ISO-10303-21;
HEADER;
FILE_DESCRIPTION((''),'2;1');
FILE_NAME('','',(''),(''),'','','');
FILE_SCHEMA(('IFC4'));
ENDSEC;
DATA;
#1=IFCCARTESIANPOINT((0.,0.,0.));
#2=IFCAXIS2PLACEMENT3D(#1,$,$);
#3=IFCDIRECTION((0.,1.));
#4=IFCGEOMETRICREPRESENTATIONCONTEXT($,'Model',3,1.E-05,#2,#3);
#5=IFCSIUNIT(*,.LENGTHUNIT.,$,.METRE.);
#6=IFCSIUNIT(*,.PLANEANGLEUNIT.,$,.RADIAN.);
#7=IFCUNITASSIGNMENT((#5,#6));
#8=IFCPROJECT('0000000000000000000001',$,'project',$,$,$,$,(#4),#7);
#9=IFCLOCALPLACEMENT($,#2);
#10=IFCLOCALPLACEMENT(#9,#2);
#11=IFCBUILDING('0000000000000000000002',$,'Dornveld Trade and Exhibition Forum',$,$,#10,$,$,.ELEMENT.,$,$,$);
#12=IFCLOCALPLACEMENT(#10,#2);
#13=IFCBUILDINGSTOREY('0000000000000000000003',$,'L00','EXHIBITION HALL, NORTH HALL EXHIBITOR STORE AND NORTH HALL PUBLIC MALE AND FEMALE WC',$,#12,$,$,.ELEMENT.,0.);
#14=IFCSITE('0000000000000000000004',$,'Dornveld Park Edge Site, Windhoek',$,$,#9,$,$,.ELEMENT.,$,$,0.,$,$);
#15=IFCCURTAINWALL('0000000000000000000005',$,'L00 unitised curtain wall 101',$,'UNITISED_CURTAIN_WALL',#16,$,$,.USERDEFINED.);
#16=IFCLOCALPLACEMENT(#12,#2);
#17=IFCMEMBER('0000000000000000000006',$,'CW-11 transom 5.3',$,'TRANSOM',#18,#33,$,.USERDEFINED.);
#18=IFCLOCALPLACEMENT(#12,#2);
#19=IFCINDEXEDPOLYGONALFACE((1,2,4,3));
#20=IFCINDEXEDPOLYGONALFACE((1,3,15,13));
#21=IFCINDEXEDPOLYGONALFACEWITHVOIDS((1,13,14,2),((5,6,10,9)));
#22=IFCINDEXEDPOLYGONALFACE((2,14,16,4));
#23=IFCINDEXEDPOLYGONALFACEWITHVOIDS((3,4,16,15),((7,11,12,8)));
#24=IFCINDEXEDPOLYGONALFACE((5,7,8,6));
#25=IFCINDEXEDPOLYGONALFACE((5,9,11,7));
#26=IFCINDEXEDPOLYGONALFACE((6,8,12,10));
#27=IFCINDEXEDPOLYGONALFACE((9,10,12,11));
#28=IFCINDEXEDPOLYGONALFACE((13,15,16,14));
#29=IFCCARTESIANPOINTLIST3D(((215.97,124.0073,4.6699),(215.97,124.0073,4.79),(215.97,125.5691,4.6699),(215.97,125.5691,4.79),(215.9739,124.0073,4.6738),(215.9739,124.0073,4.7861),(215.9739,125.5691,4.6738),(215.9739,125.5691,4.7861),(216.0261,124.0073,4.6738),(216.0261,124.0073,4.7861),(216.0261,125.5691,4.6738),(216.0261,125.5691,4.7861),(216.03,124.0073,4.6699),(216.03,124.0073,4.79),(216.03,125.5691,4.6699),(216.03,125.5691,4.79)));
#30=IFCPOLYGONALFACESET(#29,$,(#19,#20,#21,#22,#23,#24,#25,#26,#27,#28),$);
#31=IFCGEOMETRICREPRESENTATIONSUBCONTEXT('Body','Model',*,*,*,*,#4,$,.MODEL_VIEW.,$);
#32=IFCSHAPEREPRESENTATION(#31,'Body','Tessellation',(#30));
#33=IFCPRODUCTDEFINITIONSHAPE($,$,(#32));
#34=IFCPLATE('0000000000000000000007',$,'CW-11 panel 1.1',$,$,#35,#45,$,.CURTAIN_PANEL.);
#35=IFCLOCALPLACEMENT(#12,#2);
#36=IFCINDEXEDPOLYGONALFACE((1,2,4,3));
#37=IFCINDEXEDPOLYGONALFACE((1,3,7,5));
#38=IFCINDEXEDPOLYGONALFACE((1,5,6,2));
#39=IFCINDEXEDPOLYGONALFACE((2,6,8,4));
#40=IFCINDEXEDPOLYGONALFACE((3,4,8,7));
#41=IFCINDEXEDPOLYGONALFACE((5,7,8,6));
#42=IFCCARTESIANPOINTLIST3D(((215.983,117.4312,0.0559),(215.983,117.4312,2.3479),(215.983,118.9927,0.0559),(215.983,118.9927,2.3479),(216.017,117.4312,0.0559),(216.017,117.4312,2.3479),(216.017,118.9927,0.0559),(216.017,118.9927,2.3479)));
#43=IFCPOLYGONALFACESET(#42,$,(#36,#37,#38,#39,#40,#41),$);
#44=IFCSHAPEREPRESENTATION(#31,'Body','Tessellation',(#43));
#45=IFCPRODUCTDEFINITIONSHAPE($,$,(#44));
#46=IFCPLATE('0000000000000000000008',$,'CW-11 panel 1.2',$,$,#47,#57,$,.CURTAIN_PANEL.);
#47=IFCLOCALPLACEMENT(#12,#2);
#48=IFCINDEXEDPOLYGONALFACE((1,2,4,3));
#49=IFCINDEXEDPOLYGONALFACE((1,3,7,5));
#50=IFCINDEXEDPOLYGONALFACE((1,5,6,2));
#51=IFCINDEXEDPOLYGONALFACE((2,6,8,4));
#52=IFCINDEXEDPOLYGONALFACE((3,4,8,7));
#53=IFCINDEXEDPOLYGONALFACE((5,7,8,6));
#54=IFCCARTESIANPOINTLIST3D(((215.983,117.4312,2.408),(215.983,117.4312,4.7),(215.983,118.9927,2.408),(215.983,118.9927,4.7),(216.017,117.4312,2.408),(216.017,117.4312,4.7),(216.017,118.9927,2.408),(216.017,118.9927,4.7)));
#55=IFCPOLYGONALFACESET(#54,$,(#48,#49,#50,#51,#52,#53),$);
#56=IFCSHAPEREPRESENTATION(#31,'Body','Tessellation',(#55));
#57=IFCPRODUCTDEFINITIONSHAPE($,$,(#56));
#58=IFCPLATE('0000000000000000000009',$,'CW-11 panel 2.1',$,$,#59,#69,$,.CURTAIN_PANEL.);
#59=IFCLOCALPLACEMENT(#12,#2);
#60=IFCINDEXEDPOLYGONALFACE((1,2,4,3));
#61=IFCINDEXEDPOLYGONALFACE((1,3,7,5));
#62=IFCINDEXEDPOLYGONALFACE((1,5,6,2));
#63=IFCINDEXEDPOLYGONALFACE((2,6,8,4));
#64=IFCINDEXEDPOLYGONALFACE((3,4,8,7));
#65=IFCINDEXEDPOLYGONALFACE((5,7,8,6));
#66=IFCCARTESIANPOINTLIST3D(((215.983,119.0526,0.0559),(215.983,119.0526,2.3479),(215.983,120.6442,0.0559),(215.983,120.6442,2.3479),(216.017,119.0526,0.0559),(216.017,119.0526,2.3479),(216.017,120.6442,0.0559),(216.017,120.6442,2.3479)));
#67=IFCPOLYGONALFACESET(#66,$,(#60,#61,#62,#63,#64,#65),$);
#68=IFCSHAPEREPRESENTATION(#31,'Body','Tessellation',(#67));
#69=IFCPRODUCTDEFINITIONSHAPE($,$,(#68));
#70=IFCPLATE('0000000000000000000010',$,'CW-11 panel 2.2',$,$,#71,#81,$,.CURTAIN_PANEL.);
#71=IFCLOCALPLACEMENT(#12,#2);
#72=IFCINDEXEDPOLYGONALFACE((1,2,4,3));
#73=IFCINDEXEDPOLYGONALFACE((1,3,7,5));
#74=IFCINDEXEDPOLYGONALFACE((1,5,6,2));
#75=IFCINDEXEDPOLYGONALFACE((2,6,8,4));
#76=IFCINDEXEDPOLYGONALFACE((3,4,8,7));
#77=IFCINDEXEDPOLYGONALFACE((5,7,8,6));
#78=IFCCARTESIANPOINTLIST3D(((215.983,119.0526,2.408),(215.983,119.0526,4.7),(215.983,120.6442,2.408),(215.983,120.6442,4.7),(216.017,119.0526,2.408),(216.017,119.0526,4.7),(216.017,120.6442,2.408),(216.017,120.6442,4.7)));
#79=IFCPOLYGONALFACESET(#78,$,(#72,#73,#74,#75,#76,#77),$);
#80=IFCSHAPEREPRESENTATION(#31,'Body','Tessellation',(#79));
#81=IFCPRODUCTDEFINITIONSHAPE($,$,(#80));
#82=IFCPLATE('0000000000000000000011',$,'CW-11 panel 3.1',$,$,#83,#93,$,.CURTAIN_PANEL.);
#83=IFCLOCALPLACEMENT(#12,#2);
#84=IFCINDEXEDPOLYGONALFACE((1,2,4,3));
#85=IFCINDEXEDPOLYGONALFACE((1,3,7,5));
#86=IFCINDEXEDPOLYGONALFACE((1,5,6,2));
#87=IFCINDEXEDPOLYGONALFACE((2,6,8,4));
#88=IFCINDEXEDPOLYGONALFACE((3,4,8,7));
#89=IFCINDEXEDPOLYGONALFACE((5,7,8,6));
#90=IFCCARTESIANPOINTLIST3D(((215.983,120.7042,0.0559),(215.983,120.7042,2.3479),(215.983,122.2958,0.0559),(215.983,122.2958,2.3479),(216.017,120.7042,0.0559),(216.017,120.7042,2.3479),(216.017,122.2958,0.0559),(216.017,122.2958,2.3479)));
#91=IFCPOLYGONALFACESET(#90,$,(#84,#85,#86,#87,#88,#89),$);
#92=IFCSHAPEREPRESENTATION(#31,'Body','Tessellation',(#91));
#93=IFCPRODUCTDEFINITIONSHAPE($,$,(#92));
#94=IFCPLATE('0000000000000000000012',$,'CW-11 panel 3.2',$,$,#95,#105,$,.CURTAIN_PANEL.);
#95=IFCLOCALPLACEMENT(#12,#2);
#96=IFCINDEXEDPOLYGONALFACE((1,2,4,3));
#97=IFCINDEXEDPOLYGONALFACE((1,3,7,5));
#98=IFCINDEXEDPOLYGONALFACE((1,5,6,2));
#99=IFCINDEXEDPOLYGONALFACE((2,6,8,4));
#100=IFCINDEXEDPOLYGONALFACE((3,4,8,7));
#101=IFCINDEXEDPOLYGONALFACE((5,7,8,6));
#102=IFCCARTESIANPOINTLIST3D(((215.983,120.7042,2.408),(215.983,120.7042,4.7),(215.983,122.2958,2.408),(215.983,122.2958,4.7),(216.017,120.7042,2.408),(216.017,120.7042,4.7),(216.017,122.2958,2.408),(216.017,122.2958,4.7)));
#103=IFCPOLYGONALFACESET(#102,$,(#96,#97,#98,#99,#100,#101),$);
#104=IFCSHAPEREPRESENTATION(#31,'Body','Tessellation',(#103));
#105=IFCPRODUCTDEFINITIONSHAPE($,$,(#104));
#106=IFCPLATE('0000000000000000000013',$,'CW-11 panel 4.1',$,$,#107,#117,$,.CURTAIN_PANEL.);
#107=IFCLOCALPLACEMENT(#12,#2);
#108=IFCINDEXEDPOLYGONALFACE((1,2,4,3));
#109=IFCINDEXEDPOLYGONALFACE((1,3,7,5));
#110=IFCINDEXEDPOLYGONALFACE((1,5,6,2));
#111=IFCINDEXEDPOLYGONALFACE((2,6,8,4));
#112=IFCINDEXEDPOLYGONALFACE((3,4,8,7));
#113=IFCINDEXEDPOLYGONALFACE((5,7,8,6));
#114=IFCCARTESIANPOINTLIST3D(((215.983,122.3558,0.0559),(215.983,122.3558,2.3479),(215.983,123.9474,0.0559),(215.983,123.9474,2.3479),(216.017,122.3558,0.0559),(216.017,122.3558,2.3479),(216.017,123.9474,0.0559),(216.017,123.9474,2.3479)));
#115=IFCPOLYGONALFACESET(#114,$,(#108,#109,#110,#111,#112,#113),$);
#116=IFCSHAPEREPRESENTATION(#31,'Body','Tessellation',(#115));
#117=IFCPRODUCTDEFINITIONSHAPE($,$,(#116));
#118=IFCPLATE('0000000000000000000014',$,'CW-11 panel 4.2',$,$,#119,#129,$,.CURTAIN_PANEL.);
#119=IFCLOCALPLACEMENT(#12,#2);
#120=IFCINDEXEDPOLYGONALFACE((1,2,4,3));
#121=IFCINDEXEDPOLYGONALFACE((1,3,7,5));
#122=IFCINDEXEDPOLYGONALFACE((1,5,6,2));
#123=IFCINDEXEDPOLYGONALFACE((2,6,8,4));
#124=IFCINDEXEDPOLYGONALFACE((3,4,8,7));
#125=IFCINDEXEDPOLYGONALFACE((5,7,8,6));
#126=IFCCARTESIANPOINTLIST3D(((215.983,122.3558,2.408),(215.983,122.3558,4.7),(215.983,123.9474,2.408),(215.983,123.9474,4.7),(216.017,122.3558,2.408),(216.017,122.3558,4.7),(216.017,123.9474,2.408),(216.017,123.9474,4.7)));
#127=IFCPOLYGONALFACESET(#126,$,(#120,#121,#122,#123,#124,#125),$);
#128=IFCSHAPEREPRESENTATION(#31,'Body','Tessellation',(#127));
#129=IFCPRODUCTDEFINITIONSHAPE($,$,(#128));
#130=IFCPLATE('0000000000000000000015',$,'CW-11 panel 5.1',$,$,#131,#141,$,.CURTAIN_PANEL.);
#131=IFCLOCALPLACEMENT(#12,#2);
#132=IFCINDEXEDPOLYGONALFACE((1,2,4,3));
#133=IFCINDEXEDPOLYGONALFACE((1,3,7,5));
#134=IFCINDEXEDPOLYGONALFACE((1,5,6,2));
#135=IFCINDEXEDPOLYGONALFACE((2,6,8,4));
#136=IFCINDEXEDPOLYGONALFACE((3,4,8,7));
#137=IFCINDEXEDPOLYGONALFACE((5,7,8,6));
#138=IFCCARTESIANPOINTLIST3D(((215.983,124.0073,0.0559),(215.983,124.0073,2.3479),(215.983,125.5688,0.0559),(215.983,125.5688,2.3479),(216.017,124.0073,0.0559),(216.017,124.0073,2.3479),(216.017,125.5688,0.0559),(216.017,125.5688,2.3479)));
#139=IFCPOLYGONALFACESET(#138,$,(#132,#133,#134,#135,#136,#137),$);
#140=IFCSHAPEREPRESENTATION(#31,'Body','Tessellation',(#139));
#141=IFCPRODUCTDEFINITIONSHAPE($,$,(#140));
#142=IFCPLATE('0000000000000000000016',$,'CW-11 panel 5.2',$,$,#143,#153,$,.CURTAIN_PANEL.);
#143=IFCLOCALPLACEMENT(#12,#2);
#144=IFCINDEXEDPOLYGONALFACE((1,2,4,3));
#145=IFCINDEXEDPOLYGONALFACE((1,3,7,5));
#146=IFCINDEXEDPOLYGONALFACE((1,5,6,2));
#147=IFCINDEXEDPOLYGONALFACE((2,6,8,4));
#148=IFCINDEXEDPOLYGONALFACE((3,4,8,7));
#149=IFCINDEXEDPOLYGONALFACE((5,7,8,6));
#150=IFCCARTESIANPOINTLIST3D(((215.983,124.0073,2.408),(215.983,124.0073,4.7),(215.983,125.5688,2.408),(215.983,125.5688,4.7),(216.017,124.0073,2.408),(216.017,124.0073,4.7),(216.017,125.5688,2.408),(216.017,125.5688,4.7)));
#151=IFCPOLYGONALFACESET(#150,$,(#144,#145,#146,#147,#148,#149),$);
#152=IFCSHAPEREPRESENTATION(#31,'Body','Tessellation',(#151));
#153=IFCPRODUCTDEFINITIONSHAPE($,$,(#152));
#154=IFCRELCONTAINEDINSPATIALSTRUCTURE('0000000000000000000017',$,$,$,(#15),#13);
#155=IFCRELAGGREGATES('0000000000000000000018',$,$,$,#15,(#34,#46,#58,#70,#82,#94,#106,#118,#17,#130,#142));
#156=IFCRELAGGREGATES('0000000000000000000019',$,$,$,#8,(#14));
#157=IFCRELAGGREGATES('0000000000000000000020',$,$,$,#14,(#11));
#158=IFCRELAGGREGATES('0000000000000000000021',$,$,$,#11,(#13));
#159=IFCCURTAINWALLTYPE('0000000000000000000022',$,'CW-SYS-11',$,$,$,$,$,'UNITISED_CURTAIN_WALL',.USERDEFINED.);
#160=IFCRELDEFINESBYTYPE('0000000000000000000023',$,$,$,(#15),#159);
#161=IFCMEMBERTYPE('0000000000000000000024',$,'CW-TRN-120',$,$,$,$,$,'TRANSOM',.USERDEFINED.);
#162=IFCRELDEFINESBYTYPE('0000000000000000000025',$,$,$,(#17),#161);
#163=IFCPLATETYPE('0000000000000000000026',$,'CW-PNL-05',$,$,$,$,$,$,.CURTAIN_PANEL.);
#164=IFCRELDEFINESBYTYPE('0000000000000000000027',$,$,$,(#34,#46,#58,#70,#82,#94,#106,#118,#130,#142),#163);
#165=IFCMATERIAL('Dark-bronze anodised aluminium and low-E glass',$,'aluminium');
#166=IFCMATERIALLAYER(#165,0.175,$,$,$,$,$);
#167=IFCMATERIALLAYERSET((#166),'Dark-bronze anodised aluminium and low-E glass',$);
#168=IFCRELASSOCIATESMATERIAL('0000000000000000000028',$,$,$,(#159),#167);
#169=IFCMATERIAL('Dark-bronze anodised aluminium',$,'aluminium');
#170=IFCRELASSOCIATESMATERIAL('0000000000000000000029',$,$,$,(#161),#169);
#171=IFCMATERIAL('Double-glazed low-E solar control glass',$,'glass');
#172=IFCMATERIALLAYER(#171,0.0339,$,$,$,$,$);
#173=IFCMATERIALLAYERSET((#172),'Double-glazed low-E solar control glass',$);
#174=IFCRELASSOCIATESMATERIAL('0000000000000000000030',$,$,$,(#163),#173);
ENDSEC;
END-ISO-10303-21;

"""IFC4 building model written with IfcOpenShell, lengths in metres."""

from ifc_helpers import new_model, si_unit, direction, frame, origin, origin_2d, place, context, subcontext, project, spatial, rectangle, hollow_rectangle, extrude, material, layer, layer_set, material_profile, profile_set, type_object, element, aggregate, save


model = new_model("IFC4")

# Units and contexts
model_context = context("Model", 3, precision=1e-05, world=origin(), true_north=direction((0.0, 1.0)))
body_context = subcontext(model_context, "Body", "Model", "MODEL_VIEW")
ifc_project = project(units=[si_unit("LENGTHUNIT", "METRE"), si_unit("PLANEANGLEUNIT", "RADIAN")], contexts=[model_context])

# Site, building, storey
site_placement = place(None, origin())
site = spatial("IfcSite", under=ifc_project, at=site_placement, Name="Dornveld Park Edge Site, Windhoek", CompositionType="ELEMENT", RefElevation=0.0)
building_placement = place(site_placement, origin())
building = spatial("IfcBuilding", under=site, at=building_placement, Name="Dornveld Trade and Exhibition Forum", CompositionType="ELEMENT")
storey_placement = place(building_placement, origin())
storey = spatial("IfcBuildingStorey", under=building, at=storey_placement, Name="L00", Description="EXHIBITION HALL, NORTH HALL EXHIBITOR STORE AND NORTH HALL PUBLIC MALE AND FEMALE WC", CompositionType="ELEMENT", Elevation=0.0)

# Curtain wall, member, plates
ifc_material_1 = material(Name="Dark-bronze anodised aluminium and low-E glass", Category="aluminium")
ifc_layer_1 = layer(ifc_material_1, 0.175)
ifc_layer_set_1 = layer_set([ifc_layer_1], Name="Dark-bronze anodised aluminium and low-E glass")
curtain_wall_type = type_object("IfcCurtainWallType", Name="CW-SYS-11", ElementType="UNITISED_CURTAIN_WALL", PredefinedType="USERDEFINED", material=ifc_layer_set_1)
curtain_wall_placement = place(storey_placement, origin())
curtain_wall = element("IfcCurtainWall", 1, at=curtain_wall_placement, inside=storey, type_object=curtain_wall_type, Name="L00 unitised curtain wall 101", ObjectType="UNITISED_CURTAIN_WALL", PredefinedType="USERDEFINED")
ifc_material_2 = material(Name="Dark-bronze anodised aluminium", Category="aluminium")
ifc_material_profile_1 = material_profile(ifc_material_2, hollow_rectangle(XDim=0.0601, YDim=0.1201, WallThickness=0.0039, at=origin_2d()), Name="RHS 120x60x4")
ifc_profile_set_1 = profile_set([ifc_material_profile_1], Name="Dark-bronze anodised aluminium")
member_type_1 = type_object("IfcMemberType", Name="CW-TRN-120", ElementType="TRANSOM", PredefinedType="USERDEFINED", material=ifc_profile_set_1)
member_1_placement = place(storey_placement, frame((216.0, 124.0073, 4.73), z_axis=(0.0, 1.0, 0.0), x_axis=(-1.0, 0.0, 0.0)))
member_1 = element("IfcMember", 2, at=member_1_placement, type_object=member_type_1, Name="CW-11 transom 5.3", ObjectType="TRANSOM", PredefinedType="USERDEFINED", context=body_context, shape_type="SweptSolid", body=[
    extrude(hollow_rectangle(XDim=0.0601, YDim=0.1201, WallThickness=0.0039, at=origin_2d()), origin(), (0.0, 0.0, 1.0), 1.5618),
])
ifc_material_3 = material(Name="Double-glazed low-E solar control glass", Category="glass")
ifc_layer_2 = layer(ifc_material_3, 0.0339)
ifc_layer_set_2 = layer_set([ifc_layer_2], Name="Double-glazed low-E solar control glass")
plate_type = type_object("IfcPlateType", Name="CW-PNL-05", PredefinedType="CURTAIN_PANEL", material=ifc_layer_set_2)
plate_1_placement = place(storey_placement, frame((216.0, 118.2119, 0.0559), z_axis=(0.0, 0.0, 1.0), x_axis=(0.0, 1.0, 0.0)))
plate_1 = element("IfcPlate", 3, at=plate_1_placement, type_object=plate_type, Name="CW-11 panel 1.1", PredefinedType="CURTAIN_PANEL", context=body_context, shape_type="SweptSolid", body=[
    extrude(rectangle(XDim=1.5615, YDim=0.0339, at=origin_2d()), origin(), (0.0, 0.0, 1.0), 2.292),
])
plate_2_placement = place(storey_placement, frame((216.0, 118.2119, 2.408), z_axis=(0.0, 0.0, 1.0), x_axis=(0.0, 1.0, 0.0)))
plate_2 = element("IfcPlate", 4, at=plate_2_placement, type_object=plate_type, Name="CW-11 panel 1.2", PredefinedType="CURTAIN_PANEL", context=body_context, shape_type="SweptSolid", body=[
    extrude(rectangle(XDim=1.5615, YDim=0.0339, at=origin_2d()), origin(), (0.0, 0.0, 1.0), 2.292),
])
plate_3_placement = place(storey_placement, frame((216.0, 119.8484, 0.0559), z_axis=(0.0, 0.0, 1.0), x_axis=(0.0, 1.0, 0.0)))
plate_3 = element("IfcPlate", 5, at=plate_3_placement, type_object=plate_type, Name="CW-11 panel 2.1", PredefinedType="CURTAIN_PANEL", context=body_context, shape_type="SweptSolid", body=[
    extrude(rectangle(XDim=1.5916, YDim=0.0339, at=origin_2d()), origin(), (0.0, 0.0, 1.0), 2.292),
])
plate_4_placement = place(storey_placement, frame((216.0, 119.8484, 2.408), z_axis=(0.0, 0.0, 1.0), x_axis=(0.0, 1.0, 0.0)))
plate_4 = element("IfcPlate", 6, at=plate_4_placement, type_object=plate_type, Name="CW-11 panel 2.2", PredefinedType="CURTAIN_PANEL", context=body_context, shape_type="SweptSolid", body=[
    extrude(rectangle(XDim=1.5916, YDim=0.0339, at=origin_2d()), origin(), (0.0, 0.0, 1.0), 2.292),
])
plate_5_placement = place(storey_placement, frame((216.0, 121.5, 0.0559), z_axis=(0.0, 0.0, 1.0), x_axis=(0.0, 1.0, 0.0)))
plate_5 = element("IfcPlate", 7, at=plate_5_placement, type_object=plate_type, Name="CW-11 panel 3.1", PredefinedType="CURTAIN_PANEL", context=body_context, shape_type="SweptSolid", body=[
    extrude(rectangle(XDim=1.5916, YDim=0.0339, at=origin_2d()), origin(), (0.0, 0.0, 1.0), 2.292),
])
plate_6_placement = place(storey_placement, frame((216.0, 121.5, 2.408), z_axis=(0.0, 0.0, 1.0), x_axis=(0.0, 1.0, 0.0)))
plate_6 = element("IfcPlate", 8, at=plate_6_placement, type_object=plate_type, Name="CW-11 panel 3.2", PredefinedType="CURTAIN_PANEL", context=body_context, shape_type="SweptSolid", body=[
    extrude(rectangle(XDim=1.5916, YDim=0.0339, at=origin_2d()), origin(), (0.0, 0.0, 1.0), 2.292),
])
plate_7_placement = place(storey_placement, frame((216.0, 123.1516, 0.0559), z_axis=(0.0, 0.0, 1.0), x_axis=(0.0, 1.0, 0.0)))
plate_7 = element("IfcPlate", 9, at=plate_7_placement, type_object=plate_type, Name="CW-11 panel 4.1", PredefinedType="CURTAIN_PANEL", context=body_context, shape_type="SweptSolid", body=[
    extrude(rectangle(XDim=1.5916, YDim=0.0339, at=origin_2d()), origin(), (0.0, 0.0, 1.0), 2.292),
])
plate_8_placement = place(storey_placement, frame((216.0, 123.1516, 2.408), z_axis=(0.0, 0.0, 1.0), x_axis=(0.0, 1.0, 0.0)))
plate_8 = element("IfcPlate", 10, at=plate_8_placement, type_object=plate_type, Name="CW-11 panel 4.2", PredefinedType="CURTAIN_PANEL", context=body_context, shape_type="SweptSolid", body=[
    extrude(rectangle(XDim=1.5916, YDim=0.0339, at=origin_2d()), origin(), (0.0, 0.0, 1.0), 2.292),
])
plate_9_placement = place(storey_placement, frame((216.0, 124.7881, 0.0559), z_axis=(0.0, 0.0, 1.0), x_axis=(0.0, 1.0, 0.0)))
plate_9 = element("IfcPlate", 11, at=plate_9_placement, type_object=plate_type, Name="CW-11 panel 5.1", PredefinedType="CURTAIN_PANEL", context=body_context, shape_type="SweptSolid", body=[
    extrude(rectangle(XDim=1.5615, YDim=0.0339, at=origin_2d()), origin(), (0.0, 0.0, 1.0), 2.292),
])
plate_10_placement = place(storey_placement, frame((216.0, 124.7881, 2.408), z_axis=(0.0, 0.0, 1.0), x_axis=(0.0, 1.0, 0.0)))
plate_10 = element("IfcPlate", 12, at=plate_10_placement, type_object=plate_type, Name="CW-11 panel 5.2", PredefinedType="CURTAIN_PANEL", context=body_context, shape_type="SweptSolid", body=[
    extrude(rectangle(XDim=1.5615, YDim=0.0339, at=origin_2d()), origin(), (0.0, 0.0, 1.0), 2.292),
])
aggregate(curtain_wall, [plate_1, plate_2, plate_3, plate_4, plate_5, plate_6, plate_7, plate_8, member_1, plate_9, plate_10])

save(model, "model.ifc")
